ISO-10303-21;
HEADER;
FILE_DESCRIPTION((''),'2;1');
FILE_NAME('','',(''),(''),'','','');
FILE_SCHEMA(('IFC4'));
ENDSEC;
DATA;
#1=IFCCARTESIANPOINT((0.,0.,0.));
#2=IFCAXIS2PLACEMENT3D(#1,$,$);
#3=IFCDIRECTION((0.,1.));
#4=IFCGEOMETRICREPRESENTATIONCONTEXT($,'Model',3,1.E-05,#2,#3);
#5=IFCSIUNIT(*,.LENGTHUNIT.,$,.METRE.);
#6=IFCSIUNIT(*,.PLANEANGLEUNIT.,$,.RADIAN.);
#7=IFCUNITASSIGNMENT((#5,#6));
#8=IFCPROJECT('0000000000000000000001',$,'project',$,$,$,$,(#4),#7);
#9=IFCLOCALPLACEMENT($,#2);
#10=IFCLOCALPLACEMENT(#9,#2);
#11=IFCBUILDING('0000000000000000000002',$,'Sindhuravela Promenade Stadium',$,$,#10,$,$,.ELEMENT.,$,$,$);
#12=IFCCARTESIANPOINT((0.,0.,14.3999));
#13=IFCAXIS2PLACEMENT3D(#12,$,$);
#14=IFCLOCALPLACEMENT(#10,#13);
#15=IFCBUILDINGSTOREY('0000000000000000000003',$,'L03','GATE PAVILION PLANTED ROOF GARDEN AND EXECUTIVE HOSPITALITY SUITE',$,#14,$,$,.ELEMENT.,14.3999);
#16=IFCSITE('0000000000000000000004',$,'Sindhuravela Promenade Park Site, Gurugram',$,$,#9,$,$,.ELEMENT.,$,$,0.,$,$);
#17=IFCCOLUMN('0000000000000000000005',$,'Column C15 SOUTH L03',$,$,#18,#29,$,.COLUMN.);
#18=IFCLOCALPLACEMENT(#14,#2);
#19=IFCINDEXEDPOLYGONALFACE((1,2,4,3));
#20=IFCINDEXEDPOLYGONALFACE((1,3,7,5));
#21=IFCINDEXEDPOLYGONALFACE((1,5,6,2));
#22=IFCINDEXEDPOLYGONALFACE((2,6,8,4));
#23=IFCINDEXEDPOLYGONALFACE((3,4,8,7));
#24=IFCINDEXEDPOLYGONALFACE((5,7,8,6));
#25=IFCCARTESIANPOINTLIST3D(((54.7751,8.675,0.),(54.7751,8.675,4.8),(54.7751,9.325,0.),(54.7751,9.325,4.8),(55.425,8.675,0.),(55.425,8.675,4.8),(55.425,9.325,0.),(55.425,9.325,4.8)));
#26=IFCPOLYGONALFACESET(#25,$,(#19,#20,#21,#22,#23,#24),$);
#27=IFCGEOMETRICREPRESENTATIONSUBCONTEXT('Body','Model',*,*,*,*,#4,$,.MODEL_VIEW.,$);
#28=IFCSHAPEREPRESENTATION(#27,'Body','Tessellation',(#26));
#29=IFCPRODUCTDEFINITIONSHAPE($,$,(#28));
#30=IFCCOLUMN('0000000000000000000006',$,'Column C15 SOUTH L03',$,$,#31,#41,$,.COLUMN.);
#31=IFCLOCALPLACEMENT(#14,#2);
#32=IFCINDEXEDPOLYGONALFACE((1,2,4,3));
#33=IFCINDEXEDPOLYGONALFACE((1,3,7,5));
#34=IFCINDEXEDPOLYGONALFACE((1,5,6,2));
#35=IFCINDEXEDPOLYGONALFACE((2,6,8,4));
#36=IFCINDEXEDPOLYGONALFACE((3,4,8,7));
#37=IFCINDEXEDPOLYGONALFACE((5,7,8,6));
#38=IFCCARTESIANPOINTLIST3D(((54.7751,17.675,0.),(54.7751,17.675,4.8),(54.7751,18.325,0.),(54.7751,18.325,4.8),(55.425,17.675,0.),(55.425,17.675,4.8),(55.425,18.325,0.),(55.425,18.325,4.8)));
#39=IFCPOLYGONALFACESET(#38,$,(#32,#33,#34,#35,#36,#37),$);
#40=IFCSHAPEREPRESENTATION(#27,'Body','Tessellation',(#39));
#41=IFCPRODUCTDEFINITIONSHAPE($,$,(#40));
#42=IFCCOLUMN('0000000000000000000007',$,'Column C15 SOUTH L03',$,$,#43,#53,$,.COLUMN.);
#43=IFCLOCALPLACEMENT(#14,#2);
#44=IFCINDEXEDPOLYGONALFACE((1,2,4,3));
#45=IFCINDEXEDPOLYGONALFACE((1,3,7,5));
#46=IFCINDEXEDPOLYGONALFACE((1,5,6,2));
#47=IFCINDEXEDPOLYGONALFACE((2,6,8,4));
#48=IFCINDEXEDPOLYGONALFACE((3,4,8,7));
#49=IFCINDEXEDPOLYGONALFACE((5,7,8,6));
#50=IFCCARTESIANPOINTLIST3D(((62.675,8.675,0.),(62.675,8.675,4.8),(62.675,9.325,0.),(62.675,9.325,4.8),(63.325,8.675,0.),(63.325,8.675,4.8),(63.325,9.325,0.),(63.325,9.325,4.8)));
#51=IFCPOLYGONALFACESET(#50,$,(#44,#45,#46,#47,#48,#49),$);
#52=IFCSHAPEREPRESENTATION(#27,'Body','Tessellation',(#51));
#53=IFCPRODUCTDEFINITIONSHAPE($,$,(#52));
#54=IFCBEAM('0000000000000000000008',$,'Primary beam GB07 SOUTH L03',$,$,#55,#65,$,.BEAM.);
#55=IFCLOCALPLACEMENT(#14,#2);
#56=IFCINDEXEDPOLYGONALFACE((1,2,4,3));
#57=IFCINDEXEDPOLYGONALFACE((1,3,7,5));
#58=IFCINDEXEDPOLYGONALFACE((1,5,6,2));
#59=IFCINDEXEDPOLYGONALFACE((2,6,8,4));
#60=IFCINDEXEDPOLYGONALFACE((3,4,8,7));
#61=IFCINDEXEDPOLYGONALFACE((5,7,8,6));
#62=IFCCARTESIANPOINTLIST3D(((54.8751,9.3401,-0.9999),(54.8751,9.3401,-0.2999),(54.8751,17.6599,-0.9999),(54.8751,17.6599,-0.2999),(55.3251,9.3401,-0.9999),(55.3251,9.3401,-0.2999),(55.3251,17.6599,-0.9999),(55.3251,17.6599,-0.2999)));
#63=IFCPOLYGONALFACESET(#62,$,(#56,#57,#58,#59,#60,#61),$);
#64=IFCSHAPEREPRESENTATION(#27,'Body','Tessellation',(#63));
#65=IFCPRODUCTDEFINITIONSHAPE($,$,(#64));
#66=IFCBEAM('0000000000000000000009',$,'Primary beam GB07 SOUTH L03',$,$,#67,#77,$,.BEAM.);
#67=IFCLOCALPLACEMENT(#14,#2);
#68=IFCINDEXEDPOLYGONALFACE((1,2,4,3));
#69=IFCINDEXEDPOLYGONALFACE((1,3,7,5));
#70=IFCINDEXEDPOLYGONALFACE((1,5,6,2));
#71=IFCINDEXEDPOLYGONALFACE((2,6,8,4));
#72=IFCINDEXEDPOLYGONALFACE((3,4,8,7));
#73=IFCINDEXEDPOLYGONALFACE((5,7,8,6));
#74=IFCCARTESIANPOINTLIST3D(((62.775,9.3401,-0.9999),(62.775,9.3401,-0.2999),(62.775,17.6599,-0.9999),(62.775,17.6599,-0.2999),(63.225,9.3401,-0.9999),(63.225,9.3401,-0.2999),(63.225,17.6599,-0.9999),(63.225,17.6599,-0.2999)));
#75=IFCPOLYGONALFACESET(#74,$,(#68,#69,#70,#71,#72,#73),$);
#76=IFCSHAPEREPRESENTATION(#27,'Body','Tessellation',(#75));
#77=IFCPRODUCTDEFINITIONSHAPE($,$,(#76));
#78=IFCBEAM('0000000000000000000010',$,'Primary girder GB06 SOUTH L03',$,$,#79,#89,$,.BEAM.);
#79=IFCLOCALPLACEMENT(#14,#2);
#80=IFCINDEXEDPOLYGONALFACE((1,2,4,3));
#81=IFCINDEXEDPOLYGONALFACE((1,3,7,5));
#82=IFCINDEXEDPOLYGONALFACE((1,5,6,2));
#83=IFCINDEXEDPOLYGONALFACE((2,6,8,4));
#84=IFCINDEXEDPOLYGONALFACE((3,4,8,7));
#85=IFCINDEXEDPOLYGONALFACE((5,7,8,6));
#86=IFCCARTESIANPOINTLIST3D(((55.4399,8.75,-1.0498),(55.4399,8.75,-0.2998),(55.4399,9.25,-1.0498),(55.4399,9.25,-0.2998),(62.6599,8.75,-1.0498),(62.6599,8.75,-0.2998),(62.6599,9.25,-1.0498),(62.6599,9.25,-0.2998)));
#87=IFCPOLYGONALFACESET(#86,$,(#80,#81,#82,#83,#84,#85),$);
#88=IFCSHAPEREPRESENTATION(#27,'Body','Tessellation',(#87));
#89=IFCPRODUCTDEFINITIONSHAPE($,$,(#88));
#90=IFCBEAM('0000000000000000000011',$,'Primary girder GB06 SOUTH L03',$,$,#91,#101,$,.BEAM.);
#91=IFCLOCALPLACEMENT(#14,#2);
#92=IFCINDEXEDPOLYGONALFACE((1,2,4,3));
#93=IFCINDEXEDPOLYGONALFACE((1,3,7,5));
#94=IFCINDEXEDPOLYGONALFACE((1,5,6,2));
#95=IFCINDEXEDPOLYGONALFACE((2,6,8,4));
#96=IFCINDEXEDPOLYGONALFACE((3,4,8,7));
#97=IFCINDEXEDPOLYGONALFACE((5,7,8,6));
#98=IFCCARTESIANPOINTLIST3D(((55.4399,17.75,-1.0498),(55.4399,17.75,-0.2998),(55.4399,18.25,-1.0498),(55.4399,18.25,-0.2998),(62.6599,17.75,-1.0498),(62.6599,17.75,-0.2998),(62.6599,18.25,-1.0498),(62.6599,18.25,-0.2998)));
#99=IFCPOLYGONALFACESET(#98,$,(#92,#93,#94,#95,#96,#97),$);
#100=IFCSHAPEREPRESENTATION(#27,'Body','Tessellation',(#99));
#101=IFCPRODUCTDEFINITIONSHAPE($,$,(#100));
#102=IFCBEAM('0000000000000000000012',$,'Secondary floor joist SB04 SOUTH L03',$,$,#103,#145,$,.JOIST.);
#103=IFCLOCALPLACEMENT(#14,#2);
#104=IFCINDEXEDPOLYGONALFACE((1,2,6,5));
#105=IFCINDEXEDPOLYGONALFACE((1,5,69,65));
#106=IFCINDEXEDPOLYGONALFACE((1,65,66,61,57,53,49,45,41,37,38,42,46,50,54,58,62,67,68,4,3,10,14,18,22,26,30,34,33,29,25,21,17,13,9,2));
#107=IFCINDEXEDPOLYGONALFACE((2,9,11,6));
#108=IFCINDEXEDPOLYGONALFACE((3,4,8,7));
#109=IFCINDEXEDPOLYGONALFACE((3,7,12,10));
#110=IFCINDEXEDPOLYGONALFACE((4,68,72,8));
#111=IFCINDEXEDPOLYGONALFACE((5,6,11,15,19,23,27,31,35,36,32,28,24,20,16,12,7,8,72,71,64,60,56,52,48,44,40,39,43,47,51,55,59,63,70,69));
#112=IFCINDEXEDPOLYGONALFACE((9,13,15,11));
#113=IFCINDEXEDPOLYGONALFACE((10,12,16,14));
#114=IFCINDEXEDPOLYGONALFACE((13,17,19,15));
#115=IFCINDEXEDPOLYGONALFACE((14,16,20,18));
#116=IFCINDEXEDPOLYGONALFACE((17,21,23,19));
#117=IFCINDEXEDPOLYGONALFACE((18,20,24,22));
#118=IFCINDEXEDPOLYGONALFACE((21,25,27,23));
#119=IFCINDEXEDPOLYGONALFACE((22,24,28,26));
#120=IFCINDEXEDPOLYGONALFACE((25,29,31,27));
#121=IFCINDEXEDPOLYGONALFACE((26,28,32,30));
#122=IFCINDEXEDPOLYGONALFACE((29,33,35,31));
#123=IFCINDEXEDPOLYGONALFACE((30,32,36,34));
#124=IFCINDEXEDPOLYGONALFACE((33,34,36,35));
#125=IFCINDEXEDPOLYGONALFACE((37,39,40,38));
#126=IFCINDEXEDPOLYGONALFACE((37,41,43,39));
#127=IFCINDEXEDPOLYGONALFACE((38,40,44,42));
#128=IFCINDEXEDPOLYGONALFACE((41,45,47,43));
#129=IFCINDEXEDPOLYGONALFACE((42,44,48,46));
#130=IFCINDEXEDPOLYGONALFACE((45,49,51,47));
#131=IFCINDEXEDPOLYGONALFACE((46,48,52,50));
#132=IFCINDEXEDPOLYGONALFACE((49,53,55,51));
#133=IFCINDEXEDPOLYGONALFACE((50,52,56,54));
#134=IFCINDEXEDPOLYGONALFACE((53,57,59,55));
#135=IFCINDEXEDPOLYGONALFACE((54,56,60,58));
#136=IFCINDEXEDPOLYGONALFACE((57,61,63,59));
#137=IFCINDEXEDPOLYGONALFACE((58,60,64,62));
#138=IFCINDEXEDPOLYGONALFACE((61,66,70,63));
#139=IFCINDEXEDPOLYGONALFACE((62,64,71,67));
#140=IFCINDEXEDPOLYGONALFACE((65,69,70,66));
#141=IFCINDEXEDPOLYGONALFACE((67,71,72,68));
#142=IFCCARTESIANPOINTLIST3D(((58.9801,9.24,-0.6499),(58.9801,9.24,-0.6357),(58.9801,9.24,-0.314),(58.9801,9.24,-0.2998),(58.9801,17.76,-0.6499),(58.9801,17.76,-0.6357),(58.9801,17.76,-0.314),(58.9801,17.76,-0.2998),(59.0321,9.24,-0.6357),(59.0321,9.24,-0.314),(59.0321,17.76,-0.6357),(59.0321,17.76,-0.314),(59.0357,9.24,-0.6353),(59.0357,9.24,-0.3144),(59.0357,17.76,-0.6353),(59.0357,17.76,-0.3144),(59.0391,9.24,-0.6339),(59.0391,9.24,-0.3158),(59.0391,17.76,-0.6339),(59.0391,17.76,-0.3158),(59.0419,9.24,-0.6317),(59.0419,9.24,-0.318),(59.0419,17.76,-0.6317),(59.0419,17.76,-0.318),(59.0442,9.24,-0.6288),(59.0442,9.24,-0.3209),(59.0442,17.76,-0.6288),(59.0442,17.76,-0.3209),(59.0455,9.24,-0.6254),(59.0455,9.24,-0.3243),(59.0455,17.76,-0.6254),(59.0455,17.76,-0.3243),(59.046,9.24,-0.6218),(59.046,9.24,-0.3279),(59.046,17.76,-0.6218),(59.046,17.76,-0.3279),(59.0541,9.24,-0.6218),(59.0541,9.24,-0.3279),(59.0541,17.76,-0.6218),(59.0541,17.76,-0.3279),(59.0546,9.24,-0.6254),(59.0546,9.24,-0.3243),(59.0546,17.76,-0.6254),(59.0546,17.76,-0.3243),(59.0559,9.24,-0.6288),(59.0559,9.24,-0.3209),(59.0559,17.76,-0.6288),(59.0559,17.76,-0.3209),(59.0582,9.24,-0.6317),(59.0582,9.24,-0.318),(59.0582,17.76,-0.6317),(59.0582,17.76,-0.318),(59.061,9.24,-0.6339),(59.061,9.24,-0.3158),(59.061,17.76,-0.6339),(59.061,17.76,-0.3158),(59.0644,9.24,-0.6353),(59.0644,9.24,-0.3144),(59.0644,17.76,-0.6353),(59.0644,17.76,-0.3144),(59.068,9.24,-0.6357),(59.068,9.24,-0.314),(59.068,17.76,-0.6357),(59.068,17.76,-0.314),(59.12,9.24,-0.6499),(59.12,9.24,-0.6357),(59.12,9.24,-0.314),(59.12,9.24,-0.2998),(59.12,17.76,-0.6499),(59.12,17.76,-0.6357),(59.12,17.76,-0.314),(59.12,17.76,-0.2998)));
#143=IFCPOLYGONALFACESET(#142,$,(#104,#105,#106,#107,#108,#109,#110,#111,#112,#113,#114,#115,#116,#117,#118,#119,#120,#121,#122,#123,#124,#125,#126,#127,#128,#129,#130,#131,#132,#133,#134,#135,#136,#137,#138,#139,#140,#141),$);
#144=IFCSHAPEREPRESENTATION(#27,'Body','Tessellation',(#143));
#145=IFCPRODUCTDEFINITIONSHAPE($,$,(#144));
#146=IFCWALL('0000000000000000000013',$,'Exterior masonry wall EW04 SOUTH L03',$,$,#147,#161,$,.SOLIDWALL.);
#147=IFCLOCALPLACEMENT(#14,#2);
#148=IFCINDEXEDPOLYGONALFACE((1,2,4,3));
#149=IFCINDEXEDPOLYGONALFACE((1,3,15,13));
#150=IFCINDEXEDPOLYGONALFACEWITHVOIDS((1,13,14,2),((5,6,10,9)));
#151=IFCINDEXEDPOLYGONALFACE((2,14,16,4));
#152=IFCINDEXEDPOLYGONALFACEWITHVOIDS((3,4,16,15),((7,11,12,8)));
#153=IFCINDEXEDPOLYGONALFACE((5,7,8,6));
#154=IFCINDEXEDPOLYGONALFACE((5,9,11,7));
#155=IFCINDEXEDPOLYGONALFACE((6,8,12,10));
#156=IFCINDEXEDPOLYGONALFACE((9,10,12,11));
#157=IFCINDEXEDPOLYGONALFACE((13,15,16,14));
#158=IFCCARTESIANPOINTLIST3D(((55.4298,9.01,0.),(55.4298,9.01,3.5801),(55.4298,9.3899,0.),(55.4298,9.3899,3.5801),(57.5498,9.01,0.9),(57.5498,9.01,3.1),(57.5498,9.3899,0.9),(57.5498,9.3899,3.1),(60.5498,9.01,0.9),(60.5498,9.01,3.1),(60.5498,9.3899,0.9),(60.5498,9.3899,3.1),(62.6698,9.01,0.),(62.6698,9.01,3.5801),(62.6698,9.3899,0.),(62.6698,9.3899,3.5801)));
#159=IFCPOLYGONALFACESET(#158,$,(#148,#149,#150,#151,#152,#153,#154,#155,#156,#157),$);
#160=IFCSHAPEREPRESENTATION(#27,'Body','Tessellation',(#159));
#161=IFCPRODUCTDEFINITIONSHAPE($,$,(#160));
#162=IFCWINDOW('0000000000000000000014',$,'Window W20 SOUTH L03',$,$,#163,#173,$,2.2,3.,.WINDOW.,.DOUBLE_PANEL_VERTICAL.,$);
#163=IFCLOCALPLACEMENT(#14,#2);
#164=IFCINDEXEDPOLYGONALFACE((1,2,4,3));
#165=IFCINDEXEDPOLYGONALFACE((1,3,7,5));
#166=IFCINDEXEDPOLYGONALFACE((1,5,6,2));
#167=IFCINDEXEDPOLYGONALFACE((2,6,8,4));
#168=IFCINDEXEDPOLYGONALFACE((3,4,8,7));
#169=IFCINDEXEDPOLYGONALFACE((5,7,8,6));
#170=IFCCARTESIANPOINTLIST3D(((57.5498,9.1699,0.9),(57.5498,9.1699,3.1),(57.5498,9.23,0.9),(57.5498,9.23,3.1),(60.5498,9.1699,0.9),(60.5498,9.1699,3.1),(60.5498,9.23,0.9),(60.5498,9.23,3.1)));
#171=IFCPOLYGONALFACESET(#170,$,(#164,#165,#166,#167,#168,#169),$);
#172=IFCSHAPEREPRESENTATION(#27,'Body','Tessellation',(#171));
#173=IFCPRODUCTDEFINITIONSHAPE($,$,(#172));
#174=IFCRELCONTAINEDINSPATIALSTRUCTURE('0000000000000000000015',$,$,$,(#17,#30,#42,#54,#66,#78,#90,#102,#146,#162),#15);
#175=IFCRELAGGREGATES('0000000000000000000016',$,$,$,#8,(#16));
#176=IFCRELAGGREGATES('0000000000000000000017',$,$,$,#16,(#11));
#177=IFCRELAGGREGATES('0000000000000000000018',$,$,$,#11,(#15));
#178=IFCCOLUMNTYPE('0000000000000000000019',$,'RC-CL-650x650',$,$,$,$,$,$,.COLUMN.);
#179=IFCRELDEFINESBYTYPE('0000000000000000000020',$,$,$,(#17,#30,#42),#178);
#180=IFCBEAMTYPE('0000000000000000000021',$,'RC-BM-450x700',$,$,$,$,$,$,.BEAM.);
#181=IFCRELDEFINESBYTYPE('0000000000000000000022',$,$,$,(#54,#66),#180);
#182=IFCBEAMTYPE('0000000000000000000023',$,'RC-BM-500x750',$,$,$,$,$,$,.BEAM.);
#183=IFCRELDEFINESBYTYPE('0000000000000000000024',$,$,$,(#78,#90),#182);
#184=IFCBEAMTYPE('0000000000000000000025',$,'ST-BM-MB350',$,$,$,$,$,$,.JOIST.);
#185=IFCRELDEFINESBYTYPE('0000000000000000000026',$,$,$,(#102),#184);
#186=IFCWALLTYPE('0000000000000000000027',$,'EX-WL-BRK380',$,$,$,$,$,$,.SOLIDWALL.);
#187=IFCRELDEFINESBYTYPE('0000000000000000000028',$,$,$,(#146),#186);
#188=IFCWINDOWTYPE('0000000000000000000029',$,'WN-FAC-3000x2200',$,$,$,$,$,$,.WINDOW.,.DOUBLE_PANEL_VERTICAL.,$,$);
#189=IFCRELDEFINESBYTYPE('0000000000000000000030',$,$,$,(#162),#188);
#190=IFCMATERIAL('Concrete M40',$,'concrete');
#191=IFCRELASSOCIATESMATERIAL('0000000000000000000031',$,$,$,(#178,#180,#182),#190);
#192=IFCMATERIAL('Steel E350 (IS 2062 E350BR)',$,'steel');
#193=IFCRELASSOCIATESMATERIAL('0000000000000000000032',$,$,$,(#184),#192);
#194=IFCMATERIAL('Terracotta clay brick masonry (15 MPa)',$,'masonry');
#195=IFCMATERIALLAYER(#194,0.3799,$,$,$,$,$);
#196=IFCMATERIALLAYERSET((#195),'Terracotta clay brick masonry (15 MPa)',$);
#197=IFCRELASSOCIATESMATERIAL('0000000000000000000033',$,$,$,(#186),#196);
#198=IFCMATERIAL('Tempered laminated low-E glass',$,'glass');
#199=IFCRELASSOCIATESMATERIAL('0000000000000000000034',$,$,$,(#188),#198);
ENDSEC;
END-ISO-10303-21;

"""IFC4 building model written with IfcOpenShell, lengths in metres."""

from ifc_helpers import new_model, si_unit, direction, frame, frame_2d, origin, origin_2d, place, context, subcontext, project, spatial, rectangle, i_section, extrude, material, layer, layer_set, material_profile, profile_set, type_object, element, fill, save


model = new_model("IFC4")

# Units and contexts
model_context = context("Model", 3, precision=1e-05, world=origin(), true_north=direction((0.0, 1.0)))
body_context = subcontext(model_context, "Body", "Model", "MODEL_VIEW")
ifc_project = project(units=[si_unit("LENGTHUNIT", "METRE"), si_unit("PLANEANGLEUNIT", "RADIAN")], contexts=[model_context])

# Site, building, storey
site_placement = place(None, origin())
site = spatial("IfcSite", under=ifc_project, at=site_placement, Name="Sindhuravela Promenade Park Site, Gurugram", CompositionType="ELEMENT", RefElevation=0.0)
building_placement = place(site_placement, origin())
building = spatial("IfcBuilding", under=site, at=building_placement, Name="Sindhuravela Promenade Stadium", CompositionType="ELEMENT")
storey_placement = place(building_placement, frame((0.0, 0.0, 14.3999)))
storey = spatial("IfcBuildingStorey", under=building, at=storey_placement, Name="L03", Description="GATE PAVILION PLANTED ROOF GARDEN AND EXECUTIVE HOSPITALITY SUITE", CompositionType="ELEMENT", Elevation=14.3999)

# Columns
ifc_material_1 = material(Name="Concrete M40", Category="concrete")
ifc_material_profile_1 = material_profile(ifc_material_1, rectangle(XDim=0.6499, YDim=0.6499, at=origin_2d()), Name="RC 650x650")
ifc_profile_set_1 = profile_set([ifc_material_profile_1], Name="Concrete M40")
column_type = type_object("IfcColumnType", Name="RC-CL-650x650", PredefinedType="COLUMN", material=ifc_profile_set_1)
for number, where, z_axis, x_axis, name in (
    (1, (55.1001, 9.0, 0.0), (0.0, 0.0, 1.0), (1.0, 0.0, 0.0), "Column C15 SOUTH L03"),
    (2, (55.1001, 18.0, 0.0), (0.0, 0.0, 1.0), (1.0, 0.0, 0.0), "Column C15 SOUTH L03"),
    (3, (63.0, 9.0, 0.0), (0.0, 0.0, 1.0), (1.0, 0.0, 0.0), "Column C15 SOUTH L03"),
):
    element("IfcColumn", number, at=place(storey_placement, frame(where, z_axis=z_axis, x_axis=x_axis)), inside=storey, type_object=column_type, Name=name, PredefinedType="COLUMN", context=body_context, shape_type="SweptSolid", body=[
        extrude(rectangle(XDim=0.6499, YDim=0.6499, at=origin_2d()), origin(), (0.0, 0.0, 1.0), 4.8),
    ])

# Beams
ifc_material_profile_2 = material_profile(ifc_material_1, rectangle(XDim=0.45, YDim=0.7, at=origin_2d()), Name="RC 450x700")
ifc_profile_set_2 = profile_set([ifc_material_profile_2], Name="Concrete M40")
beam_type_1 = type_object("IfcBeamType", Name="RC-BM-450x700", PredefinedType="BEAM", material=ifc_profile_set_2)
for number, where, z_axis, x_axis, name in (
    (4, (55.1001, 9.3401, -0.6499), (0.0, 1.0, 0.0), (-1.0, 0.0, 0.0), "Primary beam GB07 SOUTH L03"),
    (5, (63.0, 9.3401, -0.6499), (0.0, 1.0, 0.0), (-1.0, 0.0, 0.0), "Primary beam GB07 SOUTH L03"),
):
    element("IfcBeam", number, at=place(storey_placement, frame(where, z_axis=z_axis, x_axis=x_axis)), inside=storey, type_object=beam_type_1, Name=name, PredefinedType="BEAM", context=body_context, shape_type="SweptSolid", body=[
        extrude(rectangle(XDim=0.45, YDim=0.7, at=origin_2d()), origin(), (0.0, 0.0, 1.0), 8.3198),
    ])
ifc_material_profile_3 = material_profile(ifc_material_1, rectangle(XDim=0.5, YDim=0.75, at=origin_2d()), Name="RC 500x750")
ifc_profile_set_3 = profile_set([ifc_material_profile_3], Name="Concrete M40")
beam_type_2 = type_object("IfcBeamType", Name="RC-BM-500x750", PredefinedType="BEAM", material=ifc_profile_set_3)
for number, where, z_axis, x_axis, name in (
    (6, (55.4399, 9.0, -0.6748), (1.0, 0.0, 0.0), (0.0, 1.0, 0.0), "Primary girder GB06 SOUTH L03"),
    (7, (55.4399, 18.0, -0.6748), (1.0, 0.0, 0.0), (0.0, 1.0, 0.0), "Primary girder GB06 SOUTH L03"),
):
    element("IfcBeam", number, at=place(storey_placement, frame(where, z_axis=z_axis, x_axis=x_axis)), inside=storey, type_object=beam_type_2, Name=name, PredefinedType="BEAM", context=body_context, shape_type="SweptSolid", body=[
        extrude(rectangle(XDim=0.5, YDim=0.75, at=origin_2d()), origin(), (0.0, 0.0, 1.0), 7.22),
    ])
ifc_material_2 = material(Name="Steel E350 (IS 2062 E350BR)", Category="steel")
ifc_material_profile_4 = material_profile(ifc_material_2, i_section(OverallWidth=0.1399, OverallDepth=0.3501, WebThickness=0.0081, FlangeThickness=0.0142, FilletRadius=0.0139, at=origin_2d()), Name="ISMB 350")
ifc_profile_set_4 = profile_set([ifc_material_profile_4], Name="Steel E350 (IS 2062 E350BR)")
beam_type_3 = type_object("IfcBeamType", Name="ST-BM-MB350", PredefinedType="JOIST", material=ifc_profile_set_4)
beam_placement = place(storey_placement, frame((59.05, 9.24, -0.4749), z_axis=(0.0, 1.0, 0.0), x_axis=(-1.0, 0.0, 0.0)))
element("IfcBeam", 8, at=beam_placement, inside=storey, type_object=beam_type_3, Name="Secondary floor joist SB04 SOUTH L03", PredefinedType="JOIST", context=body_context, shape_type="SweptSolid", body=[
    extrude(i_section(OverallWidth=0.1399, OverallDepth=0.3501, WebThickness=0.0081, FlangeThickness=0.0142, FilletRadius=0.0139, at=origin_2d()), origin(), (0.0, 0.0, 1.0), 8.52),
])

# Wall, opening, window
ifc_material_3 = material(Name="Terracotta clay brick masonry (15 MPa)", Category="masonry")
ifc_layer_1 = layer(ifc_material_3, 0.3799)
ifc_layer_set_1 = layer_set([ifc_layer_1], Name="Terracotta clay brick masonry (15 MPa)")
wall_type_1 = type_object("IfcWallType", Name="EX-WL-BRK380", PredefinedType="SOLIDWALL", material=ifc_layer_set_1)
wall_1_placement = place(storey_placement, frame((62.6699, 9.2, 0.0), z_axis=(0.0, 0.0, 1.0), x_axis=(-1.0, 0.0, 0.0)))
wall_1 = element("IfcWall", 9, at=wall_1_placement, inside=storey, type_object=wall_type_1, Name="Exterior masonry wall EW04 SOUTH L03", PredefinedType="SOLIDWALL", context=body_context, shape_type="SweptSolid", body=[
    extrude(rectangle(XDim=7.24, YDim=0.3799, at=frame_2d((3.6201, 0.0))), origin(), (0.0, 0.0, 1.0), 3.5801),
])
opening_1_placement = place(wall_1_placement, frame((2.1201, 0.0, 0.8999)))
opening_1 = element("IfcOpeningElement", 10, at=opening_1_placement, cuts=wall_1, PredefinedType="OPENING", context=body_context, shape_type="SweptSolid", body=[
    extrude(rectangle(XDim=3.0, YDim=2.2, at=frame_2d((1.5, 1.1001))), frame((0.0, 0.2, 0.0), z_axis=(0.0, -1.0, 0.0), x_axis=(1.0, 0.0, 0.0)), (0.0, 0.0, 1.0), 0.3999),
])
ifc_material_4 = material(Name="Tempered laminated low-E glass", Category="glass")
window_type_1 = type_object("IfcWindowType", Name="WN-FAC-3000x2200", PartitioningType="DOUBLE_PANEL_VERTICAL", PredefinedType="WINDOW", material=ifc_material_4)
window_1_placement = place(opening_1_placement, origin())
window_1 = element("IfcWindow", 11, at=window_1_placement, inside=storey, type_object=window_type_1, Name="Window W20 SOUTH L03", OverallHeight=2.2, OverallWidth=3.0, PartitioningType="DOUBLE_PANEL_VERTICAL", PredefinedType="WINDOW", context=body_context, shape_type="SweptSolid", body=[
    extrude(rectangle(XDim=3.0, YDim=2.2, at=frame_2d((1.5, 1.1001))), frame((0.0, 0.03, 0.0), z_axis=(0.0, -1.0, 0.0), x_axis=(1.0, 0.0, 0.0)), (0.0, 0.0, 1.0), 0.0601),
])
fill(opening_1, window_1)

save(model, "model.ifc")
